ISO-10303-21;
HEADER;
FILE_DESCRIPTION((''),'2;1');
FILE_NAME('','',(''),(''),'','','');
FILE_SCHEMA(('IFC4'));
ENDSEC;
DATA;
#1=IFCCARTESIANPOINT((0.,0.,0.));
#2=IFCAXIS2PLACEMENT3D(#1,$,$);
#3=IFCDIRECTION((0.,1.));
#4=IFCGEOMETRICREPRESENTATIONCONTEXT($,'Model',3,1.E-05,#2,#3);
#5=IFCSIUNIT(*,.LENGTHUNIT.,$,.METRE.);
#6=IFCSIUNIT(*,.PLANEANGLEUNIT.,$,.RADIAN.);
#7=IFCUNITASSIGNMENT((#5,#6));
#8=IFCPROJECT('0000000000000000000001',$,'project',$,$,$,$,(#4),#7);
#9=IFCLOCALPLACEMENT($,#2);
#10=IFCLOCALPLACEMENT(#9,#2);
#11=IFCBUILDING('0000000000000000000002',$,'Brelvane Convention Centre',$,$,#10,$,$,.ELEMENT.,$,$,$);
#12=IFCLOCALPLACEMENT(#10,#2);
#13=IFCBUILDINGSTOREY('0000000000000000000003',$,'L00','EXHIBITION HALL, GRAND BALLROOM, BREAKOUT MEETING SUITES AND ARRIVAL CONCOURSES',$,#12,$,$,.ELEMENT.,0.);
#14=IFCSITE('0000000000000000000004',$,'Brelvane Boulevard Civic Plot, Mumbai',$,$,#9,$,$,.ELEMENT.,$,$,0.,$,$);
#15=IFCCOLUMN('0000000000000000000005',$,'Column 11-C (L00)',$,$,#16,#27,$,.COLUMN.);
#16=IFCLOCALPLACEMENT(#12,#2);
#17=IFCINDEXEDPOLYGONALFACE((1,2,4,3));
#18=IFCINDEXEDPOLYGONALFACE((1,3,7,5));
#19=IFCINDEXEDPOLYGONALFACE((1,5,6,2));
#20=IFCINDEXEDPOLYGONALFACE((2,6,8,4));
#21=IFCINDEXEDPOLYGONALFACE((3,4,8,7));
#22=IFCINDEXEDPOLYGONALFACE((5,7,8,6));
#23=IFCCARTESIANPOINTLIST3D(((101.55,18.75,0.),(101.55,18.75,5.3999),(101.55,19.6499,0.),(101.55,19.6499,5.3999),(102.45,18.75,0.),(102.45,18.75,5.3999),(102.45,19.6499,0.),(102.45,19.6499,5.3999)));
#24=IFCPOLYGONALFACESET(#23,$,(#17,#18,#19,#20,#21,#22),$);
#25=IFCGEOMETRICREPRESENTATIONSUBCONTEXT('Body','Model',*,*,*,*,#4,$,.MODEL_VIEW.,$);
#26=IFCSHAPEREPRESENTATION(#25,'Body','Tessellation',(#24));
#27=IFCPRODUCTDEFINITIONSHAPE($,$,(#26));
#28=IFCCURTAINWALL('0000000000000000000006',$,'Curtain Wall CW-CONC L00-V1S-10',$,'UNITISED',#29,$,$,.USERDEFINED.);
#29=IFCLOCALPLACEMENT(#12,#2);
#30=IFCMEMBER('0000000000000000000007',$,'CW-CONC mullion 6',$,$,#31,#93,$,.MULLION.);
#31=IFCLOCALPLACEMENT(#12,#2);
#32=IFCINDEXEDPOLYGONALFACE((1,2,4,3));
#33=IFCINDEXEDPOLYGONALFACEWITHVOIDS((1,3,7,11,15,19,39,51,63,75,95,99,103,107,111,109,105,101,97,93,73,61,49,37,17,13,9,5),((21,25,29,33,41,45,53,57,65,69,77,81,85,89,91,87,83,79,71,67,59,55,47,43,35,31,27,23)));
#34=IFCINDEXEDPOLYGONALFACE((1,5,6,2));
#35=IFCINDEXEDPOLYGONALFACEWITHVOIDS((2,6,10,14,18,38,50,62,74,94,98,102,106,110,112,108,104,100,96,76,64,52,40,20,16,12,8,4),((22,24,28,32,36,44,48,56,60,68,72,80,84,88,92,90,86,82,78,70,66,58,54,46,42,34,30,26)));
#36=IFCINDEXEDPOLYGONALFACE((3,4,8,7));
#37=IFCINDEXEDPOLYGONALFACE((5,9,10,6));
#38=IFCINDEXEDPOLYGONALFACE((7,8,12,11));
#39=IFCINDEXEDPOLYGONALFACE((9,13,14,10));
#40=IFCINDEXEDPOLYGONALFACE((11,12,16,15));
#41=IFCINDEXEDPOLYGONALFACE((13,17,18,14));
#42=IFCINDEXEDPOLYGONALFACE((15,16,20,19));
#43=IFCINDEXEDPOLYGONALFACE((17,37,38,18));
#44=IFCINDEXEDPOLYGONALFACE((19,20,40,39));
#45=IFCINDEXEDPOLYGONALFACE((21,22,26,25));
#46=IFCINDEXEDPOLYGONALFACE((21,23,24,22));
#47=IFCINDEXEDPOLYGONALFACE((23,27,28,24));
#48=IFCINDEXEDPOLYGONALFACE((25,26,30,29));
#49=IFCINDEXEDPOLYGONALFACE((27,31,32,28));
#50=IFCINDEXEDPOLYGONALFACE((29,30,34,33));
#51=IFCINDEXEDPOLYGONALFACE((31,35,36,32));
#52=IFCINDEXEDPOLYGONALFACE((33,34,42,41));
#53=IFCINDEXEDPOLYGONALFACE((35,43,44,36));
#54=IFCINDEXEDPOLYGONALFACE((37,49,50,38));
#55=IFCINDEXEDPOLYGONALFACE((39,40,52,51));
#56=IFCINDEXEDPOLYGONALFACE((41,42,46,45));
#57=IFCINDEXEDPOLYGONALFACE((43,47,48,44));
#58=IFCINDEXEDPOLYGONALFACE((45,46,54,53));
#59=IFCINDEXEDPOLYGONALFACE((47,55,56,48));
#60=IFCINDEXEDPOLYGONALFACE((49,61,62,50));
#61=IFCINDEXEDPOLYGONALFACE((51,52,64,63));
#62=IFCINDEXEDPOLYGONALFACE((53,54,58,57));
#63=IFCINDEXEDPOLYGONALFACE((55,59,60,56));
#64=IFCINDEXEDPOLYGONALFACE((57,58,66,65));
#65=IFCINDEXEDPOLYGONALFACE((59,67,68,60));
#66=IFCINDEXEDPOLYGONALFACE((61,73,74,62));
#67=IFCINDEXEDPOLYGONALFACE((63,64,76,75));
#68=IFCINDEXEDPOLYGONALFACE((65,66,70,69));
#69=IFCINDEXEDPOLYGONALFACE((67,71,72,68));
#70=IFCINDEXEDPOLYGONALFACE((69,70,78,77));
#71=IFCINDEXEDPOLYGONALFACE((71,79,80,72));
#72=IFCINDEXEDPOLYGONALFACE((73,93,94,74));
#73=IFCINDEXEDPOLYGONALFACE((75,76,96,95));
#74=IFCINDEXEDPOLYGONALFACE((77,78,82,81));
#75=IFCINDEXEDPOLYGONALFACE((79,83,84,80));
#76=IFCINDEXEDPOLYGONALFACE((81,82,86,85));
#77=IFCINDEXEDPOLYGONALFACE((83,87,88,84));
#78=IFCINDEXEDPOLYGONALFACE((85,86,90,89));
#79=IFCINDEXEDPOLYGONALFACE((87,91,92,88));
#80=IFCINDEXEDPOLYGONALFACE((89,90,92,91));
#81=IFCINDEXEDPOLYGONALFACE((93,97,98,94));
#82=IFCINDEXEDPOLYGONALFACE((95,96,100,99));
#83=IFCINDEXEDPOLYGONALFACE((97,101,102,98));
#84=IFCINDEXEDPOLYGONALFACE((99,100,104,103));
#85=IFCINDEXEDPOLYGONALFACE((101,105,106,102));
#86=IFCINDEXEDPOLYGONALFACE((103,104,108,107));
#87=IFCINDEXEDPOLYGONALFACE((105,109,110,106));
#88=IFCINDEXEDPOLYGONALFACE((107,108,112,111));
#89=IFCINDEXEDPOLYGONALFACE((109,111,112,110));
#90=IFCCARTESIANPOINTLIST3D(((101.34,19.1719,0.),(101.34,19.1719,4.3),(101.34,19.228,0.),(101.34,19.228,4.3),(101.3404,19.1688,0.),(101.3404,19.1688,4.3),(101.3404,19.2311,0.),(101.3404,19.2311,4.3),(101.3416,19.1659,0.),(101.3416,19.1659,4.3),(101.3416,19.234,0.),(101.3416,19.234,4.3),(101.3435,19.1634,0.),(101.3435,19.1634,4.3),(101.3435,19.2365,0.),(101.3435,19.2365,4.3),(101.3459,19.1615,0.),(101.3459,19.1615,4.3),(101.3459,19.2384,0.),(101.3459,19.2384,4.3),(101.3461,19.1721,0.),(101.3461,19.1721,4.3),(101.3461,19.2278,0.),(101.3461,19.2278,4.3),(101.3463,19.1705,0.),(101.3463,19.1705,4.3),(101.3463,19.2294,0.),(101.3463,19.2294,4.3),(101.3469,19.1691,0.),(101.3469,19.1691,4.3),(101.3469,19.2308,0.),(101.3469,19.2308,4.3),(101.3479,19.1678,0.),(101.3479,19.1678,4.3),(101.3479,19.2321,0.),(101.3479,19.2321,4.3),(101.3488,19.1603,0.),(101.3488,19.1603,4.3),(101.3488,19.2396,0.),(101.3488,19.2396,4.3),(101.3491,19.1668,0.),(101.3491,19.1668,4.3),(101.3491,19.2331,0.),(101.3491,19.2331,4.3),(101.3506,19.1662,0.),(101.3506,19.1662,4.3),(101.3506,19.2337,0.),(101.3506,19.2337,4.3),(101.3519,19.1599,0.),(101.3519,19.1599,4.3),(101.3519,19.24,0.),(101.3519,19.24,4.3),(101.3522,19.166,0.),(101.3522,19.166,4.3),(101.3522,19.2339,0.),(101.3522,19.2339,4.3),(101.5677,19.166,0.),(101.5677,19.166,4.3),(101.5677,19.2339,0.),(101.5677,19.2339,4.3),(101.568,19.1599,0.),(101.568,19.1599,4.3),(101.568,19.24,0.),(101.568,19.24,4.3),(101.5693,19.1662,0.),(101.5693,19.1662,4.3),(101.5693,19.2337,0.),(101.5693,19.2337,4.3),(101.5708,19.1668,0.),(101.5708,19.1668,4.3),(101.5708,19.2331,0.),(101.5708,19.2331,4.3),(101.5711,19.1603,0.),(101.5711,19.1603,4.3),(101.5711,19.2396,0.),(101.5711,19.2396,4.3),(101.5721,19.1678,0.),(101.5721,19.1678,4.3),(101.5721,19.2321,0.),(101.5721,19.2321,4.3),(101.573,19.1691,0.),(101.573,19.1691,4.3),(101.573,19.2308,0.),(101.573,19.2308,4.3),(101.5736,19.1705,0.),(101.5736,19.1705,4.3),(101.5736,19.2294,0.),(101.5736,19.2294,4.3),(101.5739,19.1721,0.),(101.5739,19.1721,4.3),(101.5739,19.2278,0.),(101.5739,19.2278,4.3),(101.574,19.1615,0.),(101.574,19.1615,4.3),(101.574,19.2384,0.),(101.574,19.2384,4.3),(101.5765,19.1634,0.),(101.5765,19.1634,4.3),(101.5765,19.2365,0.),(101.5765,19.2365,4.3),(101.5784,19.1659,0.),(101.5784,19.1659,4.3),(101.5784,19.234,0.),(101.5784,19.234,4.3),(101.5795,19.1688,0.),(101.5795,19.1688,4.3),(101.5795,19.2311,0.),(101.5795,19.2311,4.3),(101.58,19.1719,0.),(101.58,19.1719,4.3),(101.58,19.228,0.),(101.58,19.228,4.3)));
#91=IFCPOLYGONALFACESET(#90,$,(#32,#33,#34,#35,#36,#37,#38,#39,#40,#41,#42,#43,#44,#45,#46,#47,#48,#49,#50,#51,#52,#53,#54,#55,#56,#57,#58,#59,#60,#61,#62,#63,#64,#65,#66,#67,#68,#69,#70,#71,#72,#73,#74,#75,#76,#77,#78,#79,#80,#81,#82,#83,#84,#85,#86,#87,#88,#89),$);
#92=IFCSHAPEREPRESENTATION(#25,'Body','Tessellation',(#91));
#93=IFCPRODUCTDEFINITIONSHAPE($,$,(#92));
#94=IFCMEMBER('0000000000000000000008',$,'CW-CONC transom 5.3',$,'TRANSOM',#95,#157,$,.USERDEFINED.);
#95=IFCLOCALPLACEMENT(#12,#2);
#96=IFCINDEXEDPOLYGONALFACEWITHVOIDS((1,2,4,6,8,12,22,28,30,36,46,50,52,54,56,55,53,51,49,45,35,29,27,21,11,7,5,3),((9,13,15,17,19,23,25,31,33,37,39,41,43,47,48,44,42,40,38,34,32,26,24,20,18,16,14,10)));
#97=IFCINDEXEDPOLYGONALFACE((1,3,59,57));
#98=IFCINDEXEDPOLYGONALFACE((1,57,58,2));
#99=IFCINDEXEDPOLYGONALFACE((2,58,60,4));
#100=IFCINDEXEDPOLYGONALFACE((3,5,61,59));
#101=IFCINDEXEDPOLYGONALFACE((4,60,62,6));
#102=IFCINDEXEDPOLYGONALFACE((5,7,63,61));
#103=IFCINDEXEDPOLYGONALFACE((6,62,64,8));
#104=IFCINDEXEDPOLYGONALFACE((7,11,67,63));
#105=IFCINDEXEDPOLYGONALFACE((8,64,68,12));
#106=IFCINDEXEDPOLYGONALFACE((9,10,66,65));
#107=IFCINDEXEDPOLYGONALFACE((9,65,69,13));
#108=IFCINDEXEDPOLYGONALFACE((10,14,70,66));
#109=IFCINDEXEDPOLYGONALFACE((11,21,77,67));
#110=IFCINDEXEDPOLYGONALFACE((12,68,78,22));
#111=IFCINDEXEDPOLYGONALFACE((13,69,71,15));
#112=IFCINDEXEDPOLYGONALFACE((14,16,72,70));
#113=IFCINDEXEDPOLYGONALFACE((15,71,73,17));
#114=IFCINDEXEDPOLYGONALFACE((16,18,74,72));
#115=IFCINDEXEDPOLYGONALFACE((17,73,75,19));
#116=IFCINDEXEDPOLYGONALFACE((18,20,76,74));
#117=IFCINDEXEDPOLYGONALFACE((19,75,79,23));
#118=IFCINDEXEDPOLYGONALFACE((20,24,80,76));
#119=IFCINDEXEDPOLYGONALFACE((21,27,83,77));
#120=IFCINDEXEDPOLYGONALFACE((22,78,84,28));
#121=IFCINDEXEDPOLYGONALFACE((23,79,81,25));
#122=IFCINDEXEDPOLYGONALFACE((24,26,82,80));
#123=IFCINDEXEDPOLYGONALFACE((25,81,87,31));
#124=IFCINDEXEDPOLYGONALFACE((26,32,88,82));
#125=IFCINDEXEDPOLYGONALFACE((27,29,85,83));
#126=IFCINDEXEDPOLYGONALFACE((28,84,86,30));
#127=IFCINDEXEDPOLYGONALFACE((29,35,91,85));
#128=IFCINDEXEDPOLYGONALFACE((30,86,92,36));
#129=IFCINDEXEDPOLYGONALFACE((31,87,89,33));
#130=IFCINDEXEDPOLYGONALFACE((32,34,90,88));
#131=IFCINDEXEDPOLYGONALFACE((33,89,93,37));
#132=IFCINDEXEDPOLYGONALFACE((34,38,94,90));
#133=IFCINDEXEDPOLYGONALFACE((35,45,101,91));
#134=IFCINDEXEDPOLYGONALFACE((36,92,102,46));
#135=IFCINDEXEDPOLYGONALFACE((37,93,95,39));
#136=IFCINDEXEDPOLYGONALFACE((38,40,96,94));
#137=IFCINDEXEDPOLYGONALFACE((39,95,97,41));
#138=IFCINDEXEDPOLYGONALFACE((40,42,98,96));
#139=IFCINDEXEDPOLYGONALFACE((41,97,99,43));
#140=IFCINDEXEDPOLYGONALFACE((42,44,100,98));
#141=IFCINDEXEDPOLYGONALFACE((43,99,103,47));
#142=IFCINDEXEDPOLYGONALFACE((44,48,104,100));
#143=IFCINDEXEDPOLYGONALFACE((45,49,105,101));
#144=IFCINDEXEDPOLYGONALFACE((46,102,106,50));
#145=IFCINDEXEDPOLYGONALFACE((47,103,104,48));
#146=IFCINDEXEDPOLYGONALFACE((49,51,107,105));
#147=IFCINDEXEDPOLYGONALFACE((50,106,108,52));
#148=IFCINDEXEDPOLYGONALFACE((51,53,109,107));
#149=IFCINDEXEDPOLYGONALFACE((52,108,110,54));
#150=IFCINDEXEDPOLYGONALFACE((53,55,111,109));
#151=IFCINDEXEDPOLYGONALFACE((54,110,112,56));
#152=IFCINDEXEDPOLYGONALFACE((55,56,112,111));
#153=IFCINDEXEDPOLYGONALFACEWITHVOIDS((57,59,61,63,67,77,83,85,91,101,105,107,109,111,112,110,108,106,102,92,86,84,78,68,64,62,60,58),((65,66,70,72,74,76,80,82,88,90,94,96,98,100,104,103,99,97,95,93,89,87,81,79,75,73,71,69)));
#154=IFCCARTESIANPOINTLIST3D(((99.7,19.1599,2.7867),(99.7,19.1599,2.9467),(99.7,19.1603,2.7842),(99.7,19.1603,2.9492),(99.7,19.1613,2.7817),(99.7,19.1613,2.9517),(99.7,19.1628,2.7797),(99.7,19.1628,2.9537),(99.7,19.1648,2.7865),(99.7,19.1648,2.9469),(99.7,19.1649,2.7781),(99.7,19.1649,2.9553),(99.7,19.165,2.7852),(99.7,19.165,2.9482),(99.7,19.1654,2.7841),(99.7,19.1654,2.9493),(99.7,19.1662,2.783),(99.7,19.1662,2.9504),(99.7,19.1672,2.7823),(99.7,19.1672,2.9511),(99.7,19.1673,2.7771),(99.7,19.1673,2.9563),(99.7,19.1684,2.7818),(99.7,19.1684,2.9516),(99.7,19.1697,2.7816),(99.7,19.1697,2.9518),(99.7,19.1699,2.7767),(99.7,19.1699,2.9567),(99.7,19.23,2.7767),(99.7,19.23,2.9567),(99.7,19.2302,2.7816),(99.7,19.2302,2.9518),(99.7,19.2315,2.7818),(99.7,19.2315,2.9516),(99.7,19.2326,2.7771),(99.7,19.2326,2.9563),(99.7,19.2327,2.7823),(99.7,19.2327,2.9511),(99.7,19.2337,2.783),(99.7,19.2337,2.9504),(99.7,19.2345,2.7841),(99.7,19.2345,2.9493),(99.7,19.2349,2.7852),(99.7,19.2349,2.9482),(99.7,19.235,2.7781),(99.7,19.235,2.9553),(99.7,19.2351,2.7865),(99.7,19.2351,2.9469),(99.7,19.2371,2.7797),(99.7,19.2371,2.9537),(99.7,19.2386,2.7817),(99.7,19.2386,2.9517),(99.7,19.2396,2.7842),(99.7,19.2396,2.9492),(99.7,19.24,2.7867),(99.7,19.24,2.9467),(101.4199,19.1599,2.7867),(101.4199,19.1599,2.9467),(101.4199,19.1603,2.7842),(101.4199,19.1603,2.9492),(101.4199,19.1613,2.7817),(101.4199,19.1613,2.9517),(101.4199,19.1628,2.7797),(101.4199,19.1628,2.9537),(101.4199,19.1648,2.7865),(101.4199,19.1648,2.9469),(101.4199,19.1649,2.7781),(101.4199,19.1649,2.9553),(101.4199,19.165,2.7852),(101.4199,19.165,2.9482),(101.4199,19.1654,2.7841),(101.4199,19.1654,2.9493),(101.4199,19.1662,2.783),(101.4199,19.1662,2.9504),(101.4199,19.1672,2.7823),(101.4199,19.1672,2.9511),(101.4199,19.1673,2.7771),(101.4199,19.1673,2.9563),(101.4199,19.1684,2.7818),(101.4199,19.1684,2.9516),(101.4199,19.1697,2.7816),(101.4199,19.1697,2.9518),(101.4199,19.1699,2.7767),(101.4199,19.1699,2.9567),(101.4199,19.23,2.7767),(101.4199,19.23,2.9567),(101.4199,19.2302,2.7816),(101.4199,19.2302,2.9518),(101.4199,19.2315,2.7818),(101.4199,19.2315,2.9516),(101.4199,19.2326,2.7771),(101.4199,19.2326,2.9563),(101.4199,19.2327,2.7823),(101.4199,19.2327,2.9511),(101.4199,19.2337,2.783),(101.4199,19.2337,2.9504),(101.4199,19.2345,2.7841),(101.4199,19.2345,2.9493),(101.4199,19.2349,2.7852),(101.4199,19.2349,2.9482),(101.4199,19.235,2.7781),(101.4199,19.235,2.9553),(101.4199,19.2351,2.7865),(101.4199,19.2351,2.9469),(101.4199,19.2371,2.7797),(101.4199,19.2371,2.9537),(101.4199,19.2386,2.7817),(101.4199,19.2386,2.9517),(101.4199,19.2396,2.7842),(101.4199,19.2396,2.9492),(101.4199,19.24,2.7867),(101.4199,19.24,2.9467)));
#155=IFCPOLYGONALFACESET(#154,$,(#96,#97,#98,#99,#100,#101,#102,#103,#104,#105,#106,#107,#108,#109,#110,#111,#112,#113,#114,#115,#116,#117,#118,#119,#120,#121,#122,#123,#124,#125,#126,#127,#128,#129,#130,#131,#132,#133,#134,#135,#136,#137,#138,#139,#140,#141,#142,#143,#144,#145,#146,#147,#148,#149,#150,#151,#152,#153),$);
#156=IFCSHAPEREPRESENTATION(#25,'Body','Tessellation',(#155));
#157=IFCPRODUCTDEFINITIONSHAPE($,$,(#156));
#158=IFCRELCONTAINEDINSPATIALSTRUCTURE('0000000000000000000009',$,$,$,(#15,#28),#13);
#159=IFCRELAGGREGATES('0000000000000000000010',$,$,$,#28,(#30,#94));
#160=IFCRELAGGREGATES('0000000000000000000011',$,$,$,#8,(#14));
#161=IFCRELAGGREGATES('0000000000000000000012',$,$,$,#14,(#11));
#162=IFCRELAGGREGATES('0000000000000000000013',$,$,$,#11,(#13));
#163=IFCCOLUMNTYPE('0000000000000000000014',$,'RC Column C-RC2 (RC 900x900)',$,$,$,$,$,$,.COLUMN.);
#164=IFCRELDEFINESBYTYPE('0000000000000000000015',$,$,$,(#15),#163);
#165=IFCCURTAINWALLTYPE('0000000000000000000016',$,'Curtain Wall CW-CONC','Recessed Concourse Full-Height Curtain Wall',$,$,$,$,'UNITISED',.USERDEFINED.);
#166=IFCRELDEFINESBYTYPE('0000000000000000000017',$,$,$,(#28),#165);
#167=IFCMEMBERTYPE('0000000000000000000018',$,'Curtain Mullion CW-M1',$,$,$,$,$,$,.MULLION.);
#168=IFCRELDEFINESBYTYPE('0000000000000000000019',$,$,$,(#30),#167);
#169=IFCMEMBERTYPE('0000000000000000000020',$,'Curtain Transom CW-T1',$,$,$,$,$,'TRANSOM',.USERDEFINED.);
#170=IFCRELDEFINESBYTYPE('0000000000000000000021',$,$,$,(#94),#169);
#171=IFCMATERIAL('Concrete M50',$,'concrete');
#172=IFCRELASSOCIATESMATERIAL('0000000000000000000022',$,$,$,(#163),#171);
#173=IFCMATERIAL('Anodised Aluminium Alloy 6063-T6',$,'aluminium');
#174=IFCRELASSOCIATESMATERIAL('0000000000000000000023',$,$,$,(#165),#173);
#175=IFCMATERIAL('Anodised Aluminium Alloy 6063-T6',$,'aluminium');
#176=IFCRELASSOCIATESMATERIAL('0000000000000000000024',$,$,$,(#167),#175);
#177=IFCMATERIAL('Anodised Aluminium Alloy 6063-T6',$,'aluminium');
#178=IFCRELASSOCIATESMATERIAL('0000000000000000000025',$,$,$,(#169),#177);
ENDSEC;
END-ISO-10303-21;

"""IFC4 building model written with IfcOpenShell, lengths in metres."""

from ifc_helpers import new_model, si_unit, direction, frame, origin, origin_2d, place, context, subcontext, project, spatial, rectangle, hollow_rectangle, extrude, material, material_profile, profile_set, type_object, element, aggregate, save


model = new_model("IFC4")

# Units and contexts
model_context = context("Model", 3, precision=1e-05, world=origin(), true_north=direction((0.0, 1.0)))
body_context = subcontext(model_context, "Body", "Model", "MODEL_VIEW")
ifc_project = project(units=[si_unit("LENGTHUNIT", "METRE"), si_unit("PLANEANGLEUNIT", "RADIAN")], contexts=[model_context])

# Site, building, storey
site_placement = place(None, origin())
site = spatial("IfcSite", under=ifc_project, at=site_placement, Name="Brelvane Boulevard Civic Plot, Mumbai", CompositionType="ELEMENT", RefElevation=0.0)
building_placement = place(site_placement, origin())
building = spatial("IfcBuilding", under=site, at=building_placement, Name="Brelvane Convention Centre", CompositionType="ELEMENT")
storey_placement = place(building_placement, origin())
storey = spatial("IfcBuildingStorey", under=building, at=storey_placement, Name="L00", Description="EXHIBITION HALL, GRAND BALLROOM, BREAKOUT MEETING SUITES AND ARRIVAL CONCOURSES", CompositionType="ELEMENT", Elevation=0.0)

# Column
ifc_material_1 = material(Name="Concrete M50", Category="concrete")
ifc_material_profile_1 = material_profile(ifc_material_1, rectangle(XDim=0.8999, YDim=0.8999, at=origin_2d()), Name="RC 900x900")
ifc_profile_set_1 = profile_set([ifc_material_profile_1], Name="Concrete M50")
column_type = type_object("IfcColumnType", Name="RC Column C-RC2 (RC 900x900)", PredefinedType="COLUMN", material=ifc_profile_set_1)
column_placement = place(storey_placement, frame((102.0, 19.2, 0.0), z_axis=(0.0, 0.0, 1.0), x_axis=(1.0, 0.0, 0.0)))
element("IfcColumn", 1, at=column_placement, inside=storey, type_object=column_type, Name="Column 11-C (L00)", PredefinedType="COLUMN", context=body_context, shape_type="SweptSolid", body=[
    extrude(rectangle(XDim=0.8999, YDim=0.8999, at=origin_2d()), origin(), (0.0, 0.0, 1.0), 5.3999),
])

# Curtain wall, members
ifc_material_2 = material(Name="Anodised Aluminium Alloy 6063-T6", Category="aluminium")
curtain_wall_type = type_object("IfcCurtainWallType", Name="Curtain Wall CW-CONC", Description="Recessed Concourse Full-Height Curtain Wall", ElementType="UNITISED", PredefinedType="USERDEFINED", material=ifc_material_2)
curtain_wall_placement = place(storey_placement, origin())
curtain_wall = element("IfcCurtainWall", 2, at=curtain_wall_placement, inside=storey, type_object=curtain_wall_type, Name="Curtain Wall CW-CONC L00-V1S-10", ObjectType="UNITISED", PredefinedType="USERDEFINED")
ifc_material_3 = material(Name="Anodised Aluminium Alloy 6063-T6", Category="aluminium")
ifc_material_profile_2 = material_profile(ifc_material_3, hollow_rectangle(XDim=0.0801, YDim=0.24, WallThickness=0.0061, InnerFilletRadius=0.0061, OuterFilletRadius=0.012, at=origin_2d()), Name="ALU-M 240x80x6.0")
ifc_profile_set_2 = profile_set([ifc_material_profile_2], Name="Anodised Aluminium Alloy 6063-T6")
member_type_1 = type_object("IfcMemberType", Name="Curtain Mullion CW-M1", PredefinedType="MULLION", material=ifc_profile_set_2)
member_1_placement = place(storey_placement, frame((101.46, 19.2, 0.0), z_axis=(0.0, 0.0, 1.0), x_axis=(0.0, 1.0, 0.0)))
member_1 = element("IfcMember", 3, at=member_1_placement, type_object=member_type_1, Name="CW-CONC mullion 6", PredefinedType="MULLION", context=body_context, shape_type="SweptSolid", body=[
    extrude(hollow_rectangle(XDim=0.0801, YDim=0.24, WallThickness=0.0061, InnerFilletRadius=0.0061, OuterFilletRadius=0.012, at=origin_2d()), origin(), (0.0, 0.0, 1.0), 4.3),
])
ifc_material_4 = material(Name="Anodised Aluminium Alloy 6063-T6", Category="aluminium")
ifc_material_profile_3 = material_profile(ifc_material_4, hollow_rectangle(XDim=0.0801, YDim=0.1799, WallThickness=0.0049, InnerFilletRadius=0.0049, OuterFilletRadius=0.01, at=origin_2d()), Name="ALU-T 180x80x5.0")
ifc_profile_set_3 = profile_set([ifc_material_profile_3], Name="Anodised Aluminium Alloy 6063-T6")
member_type_2 = type_object("IfcMemberType", Name="Curtain Transom CW-T1", ElementType="TRANSOM", PredefinedType="USERDEFINED", material=ifc_profile_set_3)
member_2_placement = place(storey_placement, frame((99.7, 19.2, 2.8667), z_axis=(1.0, 0.0, 0.0), x_axis=(0.0, 1.0, 0.0)))
member_2 = element("IfcMember", 4, at=member_2_placement, type_object=member_type_2, Name="CW-CONC transom 5.3", ObjectType="TRANSOM", PredefinedType="USERDEFINED", context=body_context, shape_type="SweptSolid", body=[
    extrude(hollow_rectangle(XDim=0.0801, YDim=0.1799, WallThickness=0.0049, InnerFilletRadius=0.0049, OuterFilletRadius=0.01, at=origin_2d()), origin(), (0.0, 0.0, 1.0), 1.72),
])

aggregate(curtain_wall, [member_1, member_2])

save(model, "model.ifc")
